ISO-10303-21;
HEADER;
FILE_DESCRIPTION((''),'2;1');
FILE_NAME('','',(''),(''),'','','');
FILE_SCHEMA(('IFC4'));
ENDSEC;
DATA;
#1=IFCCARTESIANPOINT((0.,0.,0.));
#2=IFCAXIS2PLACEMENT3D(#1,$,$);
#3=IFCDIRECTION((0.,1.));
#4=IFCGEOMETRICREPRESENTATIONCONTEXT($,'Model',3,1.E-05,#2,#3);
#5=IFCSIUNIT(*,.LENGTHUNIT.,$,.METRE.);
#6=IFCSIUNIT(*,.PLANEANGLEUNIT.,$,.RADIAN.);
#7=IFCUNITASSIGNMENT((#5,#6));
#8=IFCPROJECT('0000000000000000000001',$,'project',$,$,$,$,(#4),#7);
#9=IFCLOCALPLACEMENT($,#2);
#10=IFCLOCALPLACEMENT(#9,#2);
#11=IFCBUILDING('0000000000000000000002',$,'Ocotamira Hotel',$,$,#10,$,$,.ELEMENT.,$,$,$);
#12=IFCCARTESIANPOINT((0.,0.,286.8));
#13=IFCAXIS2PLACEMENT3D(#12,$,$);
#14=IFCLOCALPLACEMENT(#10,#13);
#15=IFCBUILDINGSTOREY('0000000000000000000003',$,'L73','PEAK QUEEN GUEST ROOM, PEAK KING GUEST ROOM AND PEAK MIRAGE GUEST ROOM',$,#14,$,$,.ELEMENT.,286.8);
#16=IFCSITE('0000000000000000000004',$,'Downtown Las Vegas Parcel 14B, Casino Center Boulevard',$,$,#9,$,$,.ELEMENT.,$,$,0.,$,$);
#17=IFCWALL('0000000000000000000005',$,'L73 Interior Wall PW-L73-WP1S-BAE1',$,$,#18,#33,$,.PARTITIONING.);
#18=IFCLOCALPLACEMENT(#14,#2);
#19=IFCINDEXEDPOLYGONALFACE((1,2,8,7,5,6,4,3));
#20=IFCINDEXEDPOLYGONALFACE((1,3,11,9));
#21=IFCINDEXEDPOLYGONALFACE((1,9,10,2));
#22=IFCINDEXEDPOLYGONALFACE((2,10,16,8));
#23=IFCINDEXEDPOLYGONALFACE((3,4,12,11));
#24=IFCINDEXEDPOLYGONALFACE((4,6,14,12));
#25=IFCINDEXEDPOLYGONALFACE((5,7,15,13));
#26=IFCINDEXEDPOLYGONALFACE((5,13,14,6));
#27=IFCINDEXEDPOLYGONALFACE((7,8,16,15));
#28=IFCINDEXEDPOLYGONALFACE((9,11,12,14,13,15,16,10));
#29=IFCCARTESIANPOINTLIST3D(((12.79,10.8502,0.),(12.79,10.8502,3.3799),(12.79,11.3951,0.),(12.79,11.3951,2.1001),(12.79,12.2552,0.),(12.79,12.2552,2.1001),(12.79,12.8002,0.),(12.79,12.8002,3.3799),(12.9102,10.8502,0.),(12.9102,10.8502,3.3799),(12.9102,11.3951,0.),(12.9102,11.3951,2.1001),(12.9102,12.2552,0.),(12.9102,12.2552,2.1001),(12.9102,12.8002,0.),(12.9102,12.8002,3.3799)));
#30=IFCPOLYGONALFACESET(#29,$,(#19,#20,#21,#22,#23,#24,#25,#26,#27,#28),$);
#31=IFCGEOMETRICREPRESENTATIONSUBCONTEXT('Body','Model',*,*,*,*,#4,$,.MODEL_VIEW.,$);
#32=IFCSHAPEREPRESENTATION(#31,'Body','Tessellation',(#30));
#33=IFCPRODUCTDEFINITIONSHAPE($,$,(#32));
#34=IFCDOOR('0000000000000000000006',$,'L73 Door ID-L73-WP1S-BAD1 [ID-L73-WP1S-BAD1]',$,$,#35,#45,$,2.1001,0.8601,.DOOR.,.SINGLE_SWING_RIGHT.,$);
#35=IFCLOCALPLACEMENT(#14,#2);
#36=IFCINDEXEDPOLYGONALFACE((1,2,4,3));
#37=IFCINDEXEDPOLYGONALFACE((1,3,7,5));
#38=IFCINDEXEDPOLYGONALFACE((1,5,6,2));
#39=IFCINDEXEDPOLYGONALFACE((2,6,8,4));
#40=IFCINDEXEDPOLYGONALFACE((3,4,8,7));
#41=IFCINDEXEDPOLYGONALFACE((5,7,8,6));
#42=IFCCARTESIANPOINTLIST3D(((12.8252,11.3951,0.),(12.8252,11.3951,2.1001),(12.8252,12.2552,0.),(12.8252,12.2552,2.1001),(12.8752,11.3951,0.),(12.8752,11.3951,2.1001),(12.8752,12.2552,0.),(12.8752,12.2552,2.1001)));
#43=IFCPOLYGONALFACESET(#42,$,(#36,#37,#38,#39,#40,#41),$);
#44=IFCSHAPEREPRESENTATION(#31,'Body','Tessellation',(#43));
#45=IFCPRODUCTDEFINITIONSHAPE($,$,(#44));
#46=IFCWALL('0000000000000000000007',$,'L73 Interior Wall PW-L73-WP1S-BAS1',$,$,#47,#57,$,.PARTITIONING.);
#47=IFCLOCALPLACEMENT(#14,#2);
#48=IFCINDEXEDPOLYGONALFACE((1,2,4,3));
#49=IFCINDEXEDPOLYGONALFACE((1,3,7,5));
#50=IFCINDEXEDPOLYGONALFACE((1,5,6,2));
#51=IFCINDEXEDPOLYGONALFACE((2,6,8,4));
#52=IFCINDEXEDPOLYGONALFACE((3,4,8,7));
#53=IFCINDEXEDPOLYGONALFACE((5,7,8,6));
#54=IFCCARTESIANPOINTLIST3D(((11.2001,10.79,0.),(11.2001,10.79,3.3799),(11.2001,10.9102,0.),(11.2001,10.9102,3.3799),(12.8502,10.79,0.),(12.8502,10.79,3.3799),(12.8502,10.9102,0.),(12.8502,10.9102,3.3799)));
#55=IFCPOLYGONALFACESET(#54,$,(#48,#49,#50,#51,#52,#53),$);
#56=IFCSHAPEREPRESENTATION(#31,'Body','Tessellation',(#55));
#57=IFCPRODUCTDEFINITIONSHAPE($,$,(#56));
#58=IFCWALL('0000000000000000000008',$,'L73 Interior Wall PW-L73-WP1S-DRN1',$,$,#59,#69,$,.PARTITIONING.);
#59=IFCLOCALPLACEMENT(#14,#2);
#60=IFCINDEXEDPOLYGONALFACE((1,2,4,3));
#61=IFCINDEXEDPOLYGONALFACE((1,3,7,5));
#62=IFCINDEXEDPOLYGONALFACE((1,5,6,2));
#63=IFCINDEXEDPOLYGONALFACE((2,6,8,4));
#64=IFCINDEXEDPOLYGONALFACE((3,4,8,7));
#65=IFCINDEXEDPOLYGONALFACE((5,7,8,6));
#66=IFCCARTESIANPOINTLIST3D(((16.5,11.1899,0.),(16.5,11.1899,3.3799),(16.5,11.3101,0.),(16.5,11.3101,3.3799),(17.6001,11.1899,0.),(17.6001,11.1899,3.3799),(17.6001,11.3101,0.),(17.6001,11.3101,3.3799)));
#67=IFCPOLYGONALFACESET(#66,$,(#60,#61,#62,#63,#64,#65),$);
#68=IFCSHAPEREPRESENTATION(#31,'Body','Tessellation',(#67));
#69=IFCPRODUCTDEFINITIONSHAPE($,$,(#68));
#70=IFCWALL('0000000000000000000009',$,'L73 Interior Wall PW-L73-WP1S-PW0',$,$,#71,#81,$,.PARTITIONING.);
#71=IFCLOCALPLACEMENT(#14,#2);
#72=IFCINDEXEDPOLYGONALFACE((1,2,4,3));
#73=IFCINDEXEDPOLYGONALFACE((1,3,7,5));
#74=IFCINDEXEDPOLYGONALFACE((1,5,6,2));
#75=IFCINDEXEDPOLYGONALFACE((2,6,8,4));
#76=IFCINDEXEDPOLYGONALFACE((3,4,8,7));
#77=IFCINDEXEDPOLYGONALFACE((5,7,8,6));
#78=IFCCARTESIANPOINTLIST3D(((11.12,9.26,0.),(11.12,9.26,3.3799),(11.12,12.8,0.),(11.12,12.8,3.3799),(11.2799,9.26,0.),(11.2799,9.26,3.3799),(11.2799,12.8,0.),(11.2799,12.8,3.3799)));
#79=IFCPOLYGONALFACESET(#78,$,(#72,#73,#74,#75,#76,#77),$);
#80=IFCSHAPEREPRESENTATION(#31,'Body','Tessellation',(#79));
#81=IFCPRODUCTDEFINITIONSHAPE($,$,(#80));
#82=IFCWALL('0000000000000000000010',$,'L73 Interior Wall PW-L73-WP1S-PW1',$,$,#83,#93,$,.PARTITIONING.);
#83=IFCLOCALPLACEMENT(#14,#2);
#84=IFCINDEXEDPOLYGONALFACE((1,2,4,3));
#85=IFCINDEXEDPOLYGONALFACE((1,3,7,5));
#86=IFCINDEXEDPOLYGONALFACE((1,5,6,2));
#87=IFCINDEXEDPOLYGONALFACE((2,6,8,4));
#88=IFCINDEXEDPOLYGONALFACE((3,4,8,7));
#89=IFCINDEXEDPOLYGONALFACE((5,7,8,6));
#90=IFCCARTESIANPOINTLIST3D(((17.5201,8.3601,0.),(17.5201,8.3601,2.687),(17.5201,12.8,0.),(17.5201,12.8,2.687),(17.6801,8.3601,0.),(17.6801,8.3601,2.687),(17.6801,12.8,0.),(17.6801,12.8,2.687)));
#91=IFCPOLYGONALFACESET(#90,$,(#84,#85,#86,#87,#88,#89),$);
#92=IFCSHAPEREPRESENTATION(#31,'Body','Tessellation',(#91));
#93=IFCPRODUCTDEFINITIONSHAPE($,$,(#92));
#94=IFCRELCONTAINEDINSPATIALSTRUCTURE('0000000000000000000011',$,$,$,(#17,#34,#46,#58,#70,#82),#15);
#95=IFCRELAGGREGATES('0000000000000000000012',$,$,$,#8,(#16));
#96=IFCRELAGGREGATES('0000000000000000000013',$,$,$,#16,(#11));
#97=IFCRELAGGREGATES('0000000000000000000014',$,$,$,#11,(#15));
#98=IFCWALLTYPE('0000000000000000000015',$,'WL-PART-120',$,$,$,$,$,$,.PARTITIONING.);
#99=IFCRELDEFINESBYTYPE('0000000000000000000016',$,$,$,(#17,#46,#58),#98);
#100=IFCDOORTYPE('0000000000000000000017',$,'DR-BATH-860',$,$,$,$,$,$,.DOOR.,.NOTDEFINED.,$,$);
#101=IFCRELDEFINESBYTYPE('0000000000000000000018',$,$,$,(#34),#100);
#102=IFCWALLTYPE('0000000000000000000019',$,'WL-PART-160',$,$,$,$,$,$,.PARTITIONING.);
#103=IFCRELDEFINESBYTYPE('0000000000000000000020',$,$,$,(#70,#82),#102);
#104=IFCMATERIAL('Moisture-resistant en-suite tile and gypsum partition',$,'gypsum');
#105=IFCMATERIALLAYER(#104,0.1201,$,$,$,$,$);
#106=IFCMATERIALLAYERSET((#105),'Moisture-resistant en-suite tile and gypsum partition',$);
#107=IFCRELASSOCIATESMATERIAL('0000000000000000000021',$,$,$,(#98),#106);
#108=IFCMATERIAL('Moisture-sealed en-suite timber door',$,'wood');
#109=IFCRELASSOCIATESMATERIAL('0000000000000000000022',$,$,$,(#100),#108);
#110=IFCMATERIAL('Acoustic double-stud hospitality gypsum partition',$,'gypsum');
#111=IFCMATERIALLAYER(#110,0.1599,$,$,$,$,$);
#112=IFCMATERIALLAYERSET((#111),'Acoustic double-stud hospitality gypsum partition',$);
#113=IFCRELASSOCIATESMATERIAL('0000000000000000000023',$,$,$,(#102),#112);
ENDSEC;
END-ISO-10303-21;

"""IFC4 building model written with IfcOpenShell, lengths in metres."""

from ifc_helpers import new_model, si_unit, direction, frame, frame_2d, origin, place, context, subcontext, project, spatial, rectangle, extrude, source, transform, mapped, material, layer, layer_set, type_object, element, fill, save


model = new_model("IFC4")

# Units and contexts
model_context = context("Model", 3, precision=1e-05, world=origin(), true_north=direction((0.0, 1.0)))
body_context = subcontext(model_context, "Body", "Model", "MODEL_VIEW")
ifc_project = project(units=[si_unit("LENGTHUNIT", "METRE"), si_unit("PLANEANGLEUNIT", "RADIAN")], contexts=[model_context])

# Site, building, storey
site_placement = place(None, origin())
site = spatial("IfcSite", under=ifc_project, at=site_placement, Name="Downtown Las Vegas Parcel 14B, Casino Center Boulevard", CompositionType="ELEMENT", RefElevation=0.0)
building_placement = place(site_placement, origin())
building = spatial("IfcBuilding", under=site, at=building_placement, Name="Ocotamira Hotel", CompositionType="ELEMENT")
storey_placement = place(building_placement, frame((0.0, 0.0, 286.8)))
storey = spatial("IfcBuildingStorey", under=building, at=storey_placement, Name="L73", Description="PEAK QUEEN GUEST ROOM, PEAK KING GUEST ROOM AND PEAK MIRAGE GUEST ROOM", CompositionType="ELEMENT", Elevation=286.8)

# Wall, opening, door
ifc_material_1 = material(Name="Moisture-resistant en-suite tile and gypsum partition", Category="gypsum")
ifc_layer_1 = layer(ifc_material_1, 0.1201)
ifc_layer_set_1 = layer_set([ifc_layer_1], Name="Moisture-resistant en-suite tile and gypsum partition")
wall_type_1 = type_object("IfcWallType", Name="WL-PART-120", PredefinedType="PARTITIONING", material=ifc_layer_set_1)
wall_1_placement = place(storey_placement, frame((12.8501, 10.8501, 0.0), z_axis=(0.0, 0.0, 1.0), x_axis=(0.0, 1.0, 0.0)))
wall_1 = element("IfcWall", 1, at=wall_1_placement, inside=storey, type_object=wall_type_1, Name="L73 Interior Wall PW-L73-WP1S-BAE1", PredefinedType="PARTITIONING", context=body_context, shape_type="SweptSolid", body=[
    extrude(rectangle(XDim=1.95, YDim=0.1201, at=frame_2d((0.9751, 0.0))), origin(), (0.0, 0.0, 1.0), 3.3799),
])
opening_1_placement = place(wall_1_placement, frame((0.5449, 0.0, 0.0)))
opening_1 = element("IfcOpeningElement", 2, at=opening_1_placement, cuts=wall_1, PredefinedType="OPENING", context=body_context, shape_type="SweptSolid", body=[
    extrude(rectangle(XDim=0.8601, YDim=2.1001, at=frame_2d((0.4302, 1.05))), frame((0.0, 0.0701, 0.0), z_axis=(0.0, -1.0, 0.0), x_axis=(1.0, 0.0, 0.0)), (0.0, 0.0, 1.0), 0.1401),
])
ifc_material_2 = material(Name="Moisture-sealed en-suite timber door", Category="wood")
door_type_1 = type_object("IfcDoorType", Name="DR-BATH-860", OperationType="NOTDEFINED", PredefinedType="DOOR", material=ifc_material_2)
shared_shape_1 = source(origin(), body_context, "Body", "SweptSolid", [
    extrude(rectangle(XDim=0.8601, YDim=2.1001, at=frame_2d((0.4302, 1.05))), frame((0.0, 0.0249, 0.0), z_axis=(0.0, -1.0, 0.0), x_axis=(1.0, 0.0, 0.0)), (0.0, 0.0, 1.0), 0.05),
])
door_1_placement = place(opening_1_placement, origin())
door_1 = element("IfcDoor", 3, at=door_1_placement, inside=storey, type_object=door_type_1, Name="L73 Door ID-L73-WP1S-BAD1 [ID-L73-WP1S-BAD1]", OperationType="SINGLE_SWING_RIGHT", OverallHeight=2.1001, OverallWidth=0.8601, PredefinedType="DOOR", context=body_context, shape_type="MappedRepresentation", body=[
    mapped(shared_shape_1, transform((0.0, 0.0, 0.0), scale=1.0)),
])
fill(opening_1, door_1)

# Walls
wall_2_placement = place(storey_placement, frame((11.2, 10.8501, 0.0), z_axis=(0.0, 0.0, 1.0), x_axis=(1.0, 0.0, 0.0)))
element("IfcWall", 4, at=wall_2_placement, inside=storey, type_object=wall_type_1, Name="L73 Interior Wall PW-L73-WP1S-BAS1", PredefinedType="PARTITIONING", context=body_context, shape_type="SweptSolid", body=[
    extrude(rectangle(XDim=1.6501, YDim=0.1201, at=frame_2d((0.8252, 0.0))), origin(), (0.0, 0.0, 1.0), 3.3799),
])
wall_3_placement = place(storey_placement, frame((16.5, 11.25, 0.0), z_axis=(0.0, 0.0, 1.0), x_axis=(1.0, 0.0, 0.0)))
element("IfcWall", 5, at=wall_3_placement, inside=storey, type_object=wall_type_1, Name="L73 Interior Wall PW-L73-WP1S-DRN1", PredefinedType="PARTITIONING", context=body_context, shape_type="SweptSolid", body=[
    extrude(rectangle(XDim=1.1001, YDim=0.1201, at=frame_2d((0.55, 0.0))), origin(), (0.0, 0.0, 1.0), 3.3799),
])
ifc_material_3 = material(Name="Acoustic double-stud hospitality gypsum partition", Category="gypsum")
ifc_layer_2 = layer(ifc_material_3, 0.1599)
ifc_layer_set_2 = layer_set([ifc_layer_2], Name="Acoustic double-stud hospitality gypsum partition")
wall_type_2 = type_object("IfcWallType", Name="WL-PART-160", PredefinedType="PARTITIONING", material=ifc_layer_set_2)
wall_4_placement = place(storey_placement, frame((11.2, 9.26, 0.0), z_axis=(0.0, 0.0, 1.0), x_axis=(0.0, 1.0, 0.0)))
element("IfcWall", 6, at=wall_4_placement, inside=storey, type_object=wall_type_2, Name="L73 Interior Wall PW-L73-WP1S-PW0", PredefinedType="PARTITIONING", context=body_context, shape_type="SweptSolid", body=[
    extrude(rectangle(XDim=3.54, YDim=0.1599, at=frame_2d((1.77, 0.0))), origin(), (0.0, 0.0, 1.0), 3.3799),
])
wall_5_placement = place(storey_placement, frame((17.6001, 8.3601, 0.0), z_axis=(0.0, 0.0, 1.0), x_axis=(0.0, 1.0, 0.0)))
element("IfcWall", 7, at=wall_5_placement, inside=storey, type_object=wall_type_2, Name="L73 Interior Wall PW-L73-WP1S-PW1", PredefinedType="PARTITIONING", context=body_context, shape_type="SweptSolid", body=[
    extrude(rectangle(XDim=4.4399, YDim=0.1599, at=frame_2d((2.22, 0.0))), origin(), (0.0, 0.0, 1.0), 2.687),
])

save(model, "model.ifc")
